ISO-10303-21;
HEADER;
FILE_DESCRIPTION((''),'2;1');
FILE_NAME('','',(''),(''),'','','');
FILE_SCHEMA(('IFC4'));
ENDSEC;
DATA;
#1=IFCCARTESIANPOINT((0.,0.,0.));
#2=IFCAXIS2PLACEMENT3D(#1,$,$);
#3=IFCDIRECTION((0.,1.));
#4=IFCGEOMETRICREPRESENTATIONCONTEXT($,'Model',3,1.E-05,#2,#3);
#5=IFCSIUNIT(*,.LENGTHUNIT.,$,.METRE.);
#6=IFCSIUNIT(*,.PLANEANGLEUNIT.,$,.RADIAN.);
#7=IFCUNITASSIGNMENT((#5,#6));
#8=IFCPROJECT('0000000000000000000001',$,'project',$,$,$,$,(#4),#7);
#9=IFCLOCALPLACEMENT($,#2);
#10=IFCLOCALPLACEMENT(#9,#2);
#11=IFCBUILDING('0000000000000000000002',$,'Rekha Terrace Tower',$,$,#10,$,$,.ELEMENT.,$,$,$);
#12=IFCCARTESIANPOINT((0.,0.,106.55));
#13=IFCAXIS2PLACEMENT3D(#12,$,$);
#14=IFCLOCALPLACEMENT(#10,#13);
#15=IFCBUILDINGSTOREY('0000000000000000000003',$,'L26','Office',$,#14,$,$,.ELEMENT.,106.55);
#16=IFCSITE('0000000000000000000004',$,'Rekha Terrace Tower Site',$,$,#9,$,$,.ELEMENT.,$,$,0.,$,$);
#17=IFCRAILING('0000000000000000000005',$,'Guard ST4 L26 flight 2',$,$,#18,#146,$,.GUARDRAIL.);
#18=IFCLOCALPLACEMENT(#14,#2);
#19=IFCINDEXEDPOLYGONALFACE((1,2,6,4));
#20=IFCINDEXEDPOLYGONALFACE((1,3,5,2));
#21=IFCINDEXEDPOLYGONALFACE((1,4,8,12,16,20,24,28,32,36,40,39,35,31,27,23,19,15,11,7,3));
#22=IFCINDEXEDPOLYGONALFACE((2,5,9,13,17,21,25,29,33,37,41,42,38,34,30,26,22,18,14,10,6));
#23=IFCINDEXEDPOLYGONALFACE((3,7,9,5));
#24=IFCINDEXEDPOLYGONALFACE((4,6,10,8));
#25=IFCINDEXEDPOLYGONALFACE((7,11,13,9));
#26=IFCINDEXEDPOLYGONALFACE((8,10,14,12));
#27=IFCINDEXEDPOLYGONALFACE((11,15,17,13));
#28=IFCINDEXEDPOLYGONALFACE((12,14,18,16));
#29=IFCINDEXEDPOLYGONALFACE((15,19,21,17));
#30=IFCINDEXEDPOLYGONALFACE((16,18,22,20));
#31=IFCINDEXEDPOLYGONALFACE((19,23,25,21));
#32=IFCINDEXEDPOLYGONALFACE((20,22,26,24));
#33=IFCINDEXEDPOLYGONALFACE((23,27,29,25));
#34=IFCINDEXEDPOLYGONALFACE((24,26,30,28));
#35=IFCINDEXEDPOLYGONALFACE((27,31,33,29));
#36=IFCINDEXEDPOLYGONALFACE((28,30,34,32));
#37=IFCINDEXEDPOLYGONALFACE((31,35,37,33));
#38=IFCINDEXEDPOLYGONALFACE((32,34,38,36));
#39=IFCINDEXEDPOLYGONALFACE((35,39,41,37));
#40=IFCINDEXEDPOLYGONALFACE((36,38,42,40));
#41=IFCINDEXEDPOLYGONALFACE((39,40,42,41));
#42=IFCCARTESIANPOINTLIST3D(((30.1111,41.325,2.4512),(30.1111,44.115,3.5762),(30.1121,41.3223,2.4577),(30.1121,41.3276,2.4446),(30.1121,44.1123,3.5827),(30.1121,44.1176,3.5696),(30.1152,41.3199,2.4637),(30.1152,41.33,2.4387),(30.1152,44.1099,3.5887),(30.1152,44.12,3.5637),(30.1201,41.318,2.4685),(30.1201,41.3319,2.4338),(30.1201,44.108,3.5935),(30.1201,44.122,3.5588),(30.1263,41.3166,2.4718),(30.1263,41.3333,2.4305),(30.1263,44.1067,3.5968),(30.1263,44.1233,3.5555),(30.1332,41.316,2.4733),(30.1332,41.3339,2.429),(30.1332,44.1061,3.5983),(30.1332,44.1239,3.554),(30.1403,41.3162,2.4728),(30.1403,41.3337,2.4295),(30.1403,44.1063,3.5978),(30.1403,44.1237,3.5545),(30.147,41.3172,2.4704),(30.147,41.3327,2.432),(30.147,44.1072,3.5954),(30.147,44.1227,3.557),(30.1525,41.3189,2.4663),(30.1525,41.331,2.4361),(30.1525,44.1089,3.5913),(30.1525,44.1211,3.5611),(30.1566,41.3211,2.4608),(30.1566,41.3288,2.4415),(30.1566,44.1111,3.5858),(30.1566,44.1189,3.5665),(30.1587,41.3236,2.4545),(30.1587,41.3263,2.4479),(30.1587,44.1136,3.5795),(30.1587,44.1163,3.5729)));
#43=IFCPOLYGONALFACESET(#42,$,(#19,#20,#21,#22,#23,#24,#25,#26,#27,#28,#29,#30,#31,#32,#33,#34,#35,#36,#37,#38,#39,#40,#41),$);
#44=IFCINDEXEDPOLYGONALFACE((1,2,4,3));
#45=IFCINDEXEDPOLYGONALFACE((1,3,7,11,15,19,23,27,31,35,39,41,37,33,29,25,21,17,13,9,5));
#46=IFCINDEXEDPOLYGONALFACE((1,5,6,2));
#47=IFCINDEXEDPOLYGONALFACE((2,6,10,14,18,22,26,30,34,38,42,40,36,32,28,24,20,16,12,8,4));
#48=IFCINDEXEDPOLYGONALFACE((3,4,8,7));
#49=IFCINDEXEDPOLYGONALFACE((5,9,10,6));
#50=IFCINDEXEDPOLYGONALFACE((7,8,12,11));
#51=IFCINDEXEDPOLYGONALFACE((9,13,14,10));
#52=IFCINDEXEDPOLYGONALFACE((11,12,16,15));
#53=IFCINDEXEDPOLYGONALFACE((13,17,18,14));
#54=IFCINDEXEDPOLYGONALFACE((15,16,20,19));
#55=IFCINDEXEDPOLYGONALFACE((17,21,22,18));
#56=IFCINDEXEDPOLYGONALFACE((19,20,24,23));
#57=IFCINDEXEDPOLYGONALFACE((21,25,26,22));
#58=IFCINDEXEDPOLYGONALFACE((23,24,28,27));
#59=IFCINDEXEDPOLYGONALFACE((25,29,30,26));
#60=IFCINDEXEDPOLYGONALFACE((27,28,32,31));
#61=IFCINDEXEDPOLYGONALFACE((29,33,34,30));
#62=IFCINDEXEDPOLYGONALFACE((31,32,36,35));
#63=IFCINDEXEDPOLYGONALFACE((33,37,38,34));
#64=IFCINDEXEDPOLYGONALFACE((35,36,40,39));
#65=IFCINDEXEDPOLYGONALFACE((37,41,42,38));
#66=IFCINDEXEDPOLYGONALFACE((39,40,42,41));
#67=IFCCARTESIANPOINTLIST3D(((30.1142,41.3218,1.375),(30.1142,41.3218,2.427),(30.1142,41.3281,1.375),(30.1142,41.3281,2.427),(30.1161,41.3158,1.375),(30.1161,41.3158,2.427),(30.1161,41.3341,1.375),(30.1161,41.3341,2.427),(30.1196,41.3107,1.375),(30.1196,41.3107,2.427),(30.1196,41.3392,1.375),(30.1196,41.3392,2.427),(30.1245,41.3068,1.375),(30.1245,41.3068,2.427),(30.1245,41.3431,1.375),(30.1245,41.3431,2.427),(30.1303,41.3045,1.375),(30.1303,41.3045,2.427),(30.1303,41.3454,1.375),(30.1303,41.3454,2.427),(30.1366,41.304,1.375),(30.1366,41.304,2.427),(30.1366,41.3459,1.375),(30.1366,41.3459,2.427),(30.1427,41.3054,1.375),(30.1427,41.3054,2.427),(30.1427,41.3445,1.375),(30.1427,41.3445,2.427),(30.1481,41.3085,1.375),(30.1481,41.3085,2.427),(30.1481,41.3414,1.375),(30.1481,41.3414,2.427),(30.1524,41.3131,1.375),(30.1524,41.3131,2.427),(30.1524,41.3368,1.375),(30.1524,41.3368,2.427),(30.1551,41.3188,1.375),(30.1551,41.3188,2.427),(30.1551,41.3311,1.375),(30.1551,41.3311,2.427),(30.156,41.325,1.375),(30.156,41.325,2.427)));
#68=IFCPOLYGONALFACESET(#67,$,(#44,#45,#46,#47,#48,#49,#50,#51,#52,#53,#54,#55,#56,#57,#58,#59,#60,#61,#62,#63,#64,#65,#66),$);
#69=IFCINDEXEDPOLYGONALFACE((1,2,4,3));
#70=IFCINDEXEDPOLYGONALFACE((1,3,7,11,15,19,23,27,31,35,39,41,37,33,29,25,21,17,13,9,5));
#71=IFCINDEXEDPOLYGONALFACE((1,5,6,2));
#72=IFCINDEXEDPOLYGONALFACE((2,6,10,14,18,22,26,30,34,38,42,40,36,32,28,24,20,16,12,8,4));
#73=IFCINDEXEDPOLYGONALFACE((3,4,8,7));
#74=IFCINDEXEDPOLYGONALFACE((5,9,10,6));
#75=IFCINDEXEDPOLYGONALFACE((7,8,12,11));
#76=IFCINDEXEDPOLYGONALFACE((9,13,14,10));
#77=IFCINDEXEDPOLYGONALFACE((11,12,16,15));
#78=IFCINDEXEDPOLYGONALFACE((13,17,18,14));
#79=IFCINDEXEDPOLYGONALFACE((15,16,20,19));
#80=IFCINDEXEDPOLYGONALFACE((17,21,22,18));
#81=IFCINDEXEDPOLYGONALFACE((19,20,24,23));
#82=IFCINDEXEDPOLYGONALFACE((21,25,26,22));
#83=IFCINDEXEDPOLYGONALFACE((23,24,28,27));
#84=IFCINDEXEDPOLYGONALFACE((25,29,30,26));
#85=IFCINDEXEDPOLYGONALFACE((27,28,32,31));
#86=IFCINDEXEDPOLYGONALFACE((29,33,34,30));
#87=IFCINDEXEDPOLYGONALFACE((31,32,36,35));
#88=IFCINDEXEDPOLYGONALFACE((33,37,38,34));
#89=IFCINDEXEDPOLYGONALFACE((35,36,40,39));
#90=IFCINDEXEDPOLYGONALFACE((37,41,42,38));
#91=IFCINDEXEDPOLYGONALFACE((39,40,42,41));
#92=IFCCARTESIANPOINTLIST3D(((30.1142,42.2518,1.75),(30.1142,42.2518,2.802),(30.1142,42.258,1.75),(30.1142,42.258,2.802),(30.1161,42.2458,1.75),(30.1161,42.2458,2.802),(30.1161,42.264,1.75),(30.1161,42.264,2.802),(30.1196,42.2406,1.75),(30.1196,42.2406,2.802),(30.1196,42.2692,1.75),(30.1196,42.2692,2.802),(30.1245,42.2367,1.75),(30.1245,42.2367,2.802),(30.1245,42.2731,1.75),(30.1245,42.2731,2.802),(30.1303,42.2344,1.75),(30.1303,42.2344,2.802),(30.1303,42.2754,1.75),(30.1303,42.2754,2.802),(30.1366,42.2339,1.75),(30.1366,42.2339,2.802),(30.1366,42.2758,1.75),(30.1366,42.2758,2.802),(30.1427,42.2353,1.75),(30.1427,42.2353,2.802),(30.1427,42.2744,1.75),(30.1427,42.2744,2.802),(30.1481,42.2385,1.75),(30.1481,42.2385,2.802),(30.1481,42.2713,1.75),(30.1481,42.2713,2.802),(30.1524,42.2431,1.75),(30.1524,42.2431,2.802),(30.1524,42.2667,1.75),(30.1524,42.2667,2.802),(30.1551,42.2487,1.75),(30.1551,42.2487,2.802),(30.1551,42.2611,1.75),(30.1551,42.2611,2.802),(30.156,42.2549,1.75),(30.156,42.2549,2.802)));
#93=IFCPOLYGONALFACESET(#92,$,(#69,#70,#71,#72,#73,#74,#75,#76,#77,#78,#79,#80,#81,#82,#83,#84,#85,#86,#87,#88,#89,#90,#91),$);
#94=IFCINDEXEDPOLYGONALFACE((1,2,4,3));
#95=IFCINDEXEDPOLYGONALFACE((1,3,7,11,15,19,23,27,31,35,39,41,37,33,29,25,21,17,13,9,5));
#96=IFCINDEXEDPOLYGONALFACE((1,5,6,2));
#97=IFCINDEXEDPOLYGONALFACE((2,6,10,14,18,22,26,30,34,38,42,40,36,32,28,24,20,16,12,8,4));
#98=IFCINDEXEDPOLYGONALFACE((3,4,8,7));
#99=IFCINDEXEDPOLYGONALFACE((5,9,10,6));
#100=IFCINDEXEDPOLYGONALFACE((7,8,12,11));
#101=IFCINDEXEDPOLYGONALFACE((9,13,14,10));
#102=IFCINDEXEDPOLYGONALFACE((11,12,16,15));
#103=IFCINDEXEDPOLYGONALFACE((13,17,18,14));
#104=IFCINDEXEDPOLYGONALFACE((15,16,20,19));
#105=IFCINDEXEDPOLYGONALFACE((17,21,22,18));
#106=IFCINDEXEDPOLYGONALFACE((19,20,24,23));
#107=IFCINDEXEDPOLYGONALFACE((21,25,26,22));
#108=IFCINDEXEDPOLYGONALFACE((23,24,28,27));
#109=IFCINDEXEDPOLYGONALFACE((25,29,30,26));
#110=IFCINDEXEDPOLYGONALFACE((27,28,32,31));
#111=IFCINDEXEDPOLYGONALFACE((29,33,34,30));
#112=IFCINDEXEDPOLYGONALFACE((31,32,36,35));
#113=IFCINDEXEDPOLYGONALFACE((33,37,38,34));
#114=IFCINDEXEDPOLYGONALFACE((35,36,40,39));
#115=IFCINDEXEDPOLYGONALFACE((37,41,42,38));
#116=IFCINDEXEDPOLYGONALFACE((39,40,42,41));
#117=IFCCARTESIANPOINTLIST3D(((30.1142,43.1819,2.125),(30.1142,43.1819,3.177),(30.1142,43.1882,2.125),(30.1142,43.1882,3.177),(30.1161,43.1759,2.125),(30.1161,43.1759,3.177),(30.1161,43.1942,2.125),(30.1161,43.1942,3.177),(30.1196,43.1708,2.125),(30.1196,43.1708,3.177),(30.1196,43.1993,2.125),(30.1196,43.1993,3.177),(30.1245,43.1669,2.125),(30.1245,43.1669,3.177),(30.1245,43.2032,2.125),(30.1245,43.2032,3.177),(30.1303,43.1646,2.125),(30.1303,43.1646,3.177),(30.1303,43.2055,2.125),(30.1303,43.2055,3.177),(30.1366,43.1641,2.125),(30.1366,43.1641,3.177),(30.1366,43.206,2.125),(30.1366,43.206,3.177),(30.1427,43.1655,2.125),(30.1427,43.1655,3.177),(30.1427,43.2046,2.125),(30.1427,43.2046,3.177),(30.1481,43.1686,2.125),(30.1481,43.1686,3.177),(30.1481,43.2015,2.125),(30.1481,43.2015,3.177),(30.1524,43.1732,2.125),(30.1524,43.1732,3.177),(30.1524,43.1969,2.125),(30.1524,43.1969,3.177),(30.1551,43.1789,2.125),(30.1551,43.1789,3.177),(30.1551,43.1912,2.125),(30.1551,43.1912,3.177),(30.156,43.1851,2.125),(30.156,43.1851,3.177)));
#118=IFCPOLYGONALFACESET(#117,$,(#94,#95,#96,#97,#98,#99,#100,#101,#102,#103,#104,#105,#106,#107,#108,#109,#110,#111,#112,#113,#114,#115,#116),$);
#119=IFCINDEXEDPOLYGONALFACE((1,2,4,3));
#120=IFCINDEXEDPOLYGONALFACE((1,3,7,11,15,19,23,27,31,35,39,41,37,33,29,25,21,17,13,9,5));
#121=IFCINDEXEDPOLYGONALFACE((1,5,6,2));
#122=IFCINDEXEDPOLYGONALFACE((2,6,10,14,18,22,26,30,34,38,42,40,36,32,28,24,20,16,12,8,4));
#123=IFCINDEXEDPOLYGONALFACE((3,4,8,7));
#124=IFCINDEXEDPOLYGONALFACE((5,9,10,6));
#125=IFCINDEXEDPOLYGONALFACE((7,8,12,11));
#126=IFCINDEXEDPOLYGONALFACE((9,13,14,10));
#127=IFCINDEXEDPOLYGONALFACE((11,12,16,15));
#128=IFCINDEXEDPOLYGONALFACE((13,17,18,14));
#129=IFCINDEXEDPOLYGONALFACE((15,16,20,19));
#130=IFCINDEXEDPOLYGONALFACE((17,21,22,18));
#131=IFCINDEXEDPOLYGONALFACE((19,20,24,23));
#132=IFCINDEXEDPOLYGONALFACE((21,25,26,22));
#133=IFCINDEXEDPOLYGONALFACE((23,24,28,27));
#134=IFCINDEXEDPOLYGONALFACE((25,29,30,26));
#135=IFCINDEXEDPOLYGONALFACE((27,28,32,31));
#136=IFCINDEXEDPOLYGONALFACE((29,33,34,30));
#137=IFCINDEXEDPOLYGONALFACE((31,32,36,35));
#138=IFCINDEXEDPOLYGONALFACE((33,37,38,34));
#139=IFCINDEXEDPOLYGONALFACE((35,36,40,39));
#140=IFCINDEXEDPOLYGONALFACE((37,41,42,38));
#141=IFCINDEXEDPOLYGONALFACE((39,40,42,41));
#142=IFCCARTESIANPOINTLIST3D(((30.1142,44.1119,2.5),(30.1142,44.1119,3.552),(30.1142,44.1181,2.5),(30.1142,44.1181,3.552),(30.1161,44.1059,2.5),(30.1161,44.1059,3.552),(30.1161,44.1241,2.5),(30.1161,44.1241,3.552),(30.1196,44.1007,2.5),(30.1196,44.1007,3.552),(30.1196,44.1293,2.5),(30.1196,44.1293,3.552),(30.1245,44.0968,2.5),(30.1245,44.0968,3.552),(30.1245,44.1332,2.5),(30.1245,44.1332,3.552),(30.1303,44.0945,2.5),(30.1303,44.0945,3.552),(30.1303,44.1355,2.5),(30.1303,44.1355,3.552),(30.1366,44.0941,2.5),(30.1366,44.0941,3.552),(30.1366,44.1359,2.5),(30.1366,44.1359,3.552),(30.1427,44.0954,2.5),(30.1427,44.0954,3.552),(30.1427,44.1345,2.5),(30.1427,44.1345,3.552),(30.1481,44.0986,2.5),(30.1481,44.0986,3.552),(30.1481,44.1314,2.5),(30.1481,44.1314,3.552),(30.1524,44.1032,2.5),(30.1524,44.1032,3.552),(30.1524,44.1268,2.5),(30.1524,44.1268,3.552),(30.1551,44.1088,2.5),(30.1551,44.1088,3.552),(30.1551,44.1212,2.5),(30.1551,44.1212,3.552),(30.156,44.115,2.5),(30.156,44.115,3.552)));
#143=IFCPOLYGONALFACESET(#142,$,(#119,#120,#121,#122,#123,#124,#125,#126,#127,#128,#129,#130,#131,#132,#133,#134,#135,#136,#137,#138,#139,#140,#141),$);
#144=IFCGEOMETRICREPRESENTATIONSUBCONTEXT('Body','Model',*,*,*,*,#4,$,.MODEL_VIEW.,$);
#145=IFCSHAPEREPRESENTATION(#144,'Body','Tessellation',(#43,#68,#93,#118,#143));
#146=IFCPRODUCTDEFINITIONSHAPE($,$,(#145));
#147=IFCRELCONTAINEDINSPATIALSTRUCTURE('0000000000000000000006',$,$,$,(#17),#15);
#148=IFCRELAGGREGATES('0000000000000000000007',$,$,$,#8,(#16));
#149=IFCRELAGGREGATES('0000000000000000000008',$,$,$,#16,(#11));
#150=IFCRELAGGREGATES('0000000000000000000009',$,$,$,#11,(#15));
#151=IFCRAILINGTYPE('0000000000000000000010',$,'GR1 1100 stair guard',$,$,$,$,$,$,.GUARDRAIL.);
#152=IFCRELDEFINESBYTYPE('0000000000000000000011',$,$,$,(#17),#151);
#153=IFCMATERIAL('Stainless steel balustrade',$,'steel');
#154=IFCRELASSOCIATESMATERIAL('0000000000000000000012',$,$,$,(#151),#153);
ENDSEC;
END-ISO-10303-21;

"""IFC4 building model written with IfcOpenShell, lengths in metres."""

from ifc_helpers import new_model, si_unit, direction, frame, origin, origin_2d, place, context, subcontext, project, spatial, circle, extrude, material, type_object, element, save


model = new_model("IFC4")

# Units and contexts
model_context = context("Model", 3, precision=1e-05, world=origin(), true_north=direction((0.0, 1.0)))
body_context = subcontext(model_context, "Body", "Model", "MODEL_VIEW")
ifc_project = project(units=[si_unit("LENGTHUNIT", "METRE"), si_unit("PLANEANGLEUNIT", "RADIAN")], contexts=[model_context])

# Site, building, storey
site_placement = place(None, origin())
site = spatial("IfcSite", under=ifc_project, at=site_placement, Name="Rekha Terrace Tower Site", CompositionType="ELEMENT", RefElevation=0.0)
building_placement = place(site_placement, origin())
building = spatial("IfcBuilding", under=site, at=building_placement, Name="Rekha Terrace Tower", CompositionType="ELEMENT")
storey_placement = place(building_placement, frame((0.0, 0.0, 106.55)))
storey = spatial("IfcBuildingStorey", under=building, at=storey_placement, Name="L26", Description="Office", CompositionType="ELEMENT", Elevation=106.55)

# Railing
ifc_material_1 = material(Name="Stainless steel balustrade", Category="steel")
railing_type_1 = type_object("IfcRailingType", Name="GR1 1100 stair guard", PredefinedType="GUARDRAIL", material=ifc_material_1)
railing_1_placement = place(storey_placement, frame((30.135, 41.325, 1.375)))
element("IfcRailing", 1, at=railing_1_placement, inside=storey, type_object=railing_type_1, Name="Guard ST4 L26 flight 2", PredefinedType="GUARDRAIL", context=body_context, shape_type="SweptSolid", body=[
    extrude(circle(Radius=0.0239, at=origin_2d()), frame((0.0, 0.0, 1.0762), z_axis=(0.0, 0.927443, 0.373964), x_axis=(-1.0, 0.0, 0.0)), (0.0, 0.0, 1.0), 3.0083),
    extrude(circle(Radius=0.021, at=origin_2d()), origin(), (0.0, 0.0, 1.0), 1.052),
    extrude(circle(Radius=0.021, at=origin_2d()), frame((0.0, 0.9299, 0.375)), (0.0, 0.0, 1.0), 1.052),
    extrude(circle(Radius=0.021, at=origin_2d()), frame((0.0, 1.8601, 0.75)), (0.0, 0.0, 1.0), 1.052),
    extrude(circle(Radius=0.021, at=origin_2d()), frame((0.0, 2.79, 1.125)), (0.0, 0.0, 1.0), 1.052),
])

save(model, "model.ifc")
